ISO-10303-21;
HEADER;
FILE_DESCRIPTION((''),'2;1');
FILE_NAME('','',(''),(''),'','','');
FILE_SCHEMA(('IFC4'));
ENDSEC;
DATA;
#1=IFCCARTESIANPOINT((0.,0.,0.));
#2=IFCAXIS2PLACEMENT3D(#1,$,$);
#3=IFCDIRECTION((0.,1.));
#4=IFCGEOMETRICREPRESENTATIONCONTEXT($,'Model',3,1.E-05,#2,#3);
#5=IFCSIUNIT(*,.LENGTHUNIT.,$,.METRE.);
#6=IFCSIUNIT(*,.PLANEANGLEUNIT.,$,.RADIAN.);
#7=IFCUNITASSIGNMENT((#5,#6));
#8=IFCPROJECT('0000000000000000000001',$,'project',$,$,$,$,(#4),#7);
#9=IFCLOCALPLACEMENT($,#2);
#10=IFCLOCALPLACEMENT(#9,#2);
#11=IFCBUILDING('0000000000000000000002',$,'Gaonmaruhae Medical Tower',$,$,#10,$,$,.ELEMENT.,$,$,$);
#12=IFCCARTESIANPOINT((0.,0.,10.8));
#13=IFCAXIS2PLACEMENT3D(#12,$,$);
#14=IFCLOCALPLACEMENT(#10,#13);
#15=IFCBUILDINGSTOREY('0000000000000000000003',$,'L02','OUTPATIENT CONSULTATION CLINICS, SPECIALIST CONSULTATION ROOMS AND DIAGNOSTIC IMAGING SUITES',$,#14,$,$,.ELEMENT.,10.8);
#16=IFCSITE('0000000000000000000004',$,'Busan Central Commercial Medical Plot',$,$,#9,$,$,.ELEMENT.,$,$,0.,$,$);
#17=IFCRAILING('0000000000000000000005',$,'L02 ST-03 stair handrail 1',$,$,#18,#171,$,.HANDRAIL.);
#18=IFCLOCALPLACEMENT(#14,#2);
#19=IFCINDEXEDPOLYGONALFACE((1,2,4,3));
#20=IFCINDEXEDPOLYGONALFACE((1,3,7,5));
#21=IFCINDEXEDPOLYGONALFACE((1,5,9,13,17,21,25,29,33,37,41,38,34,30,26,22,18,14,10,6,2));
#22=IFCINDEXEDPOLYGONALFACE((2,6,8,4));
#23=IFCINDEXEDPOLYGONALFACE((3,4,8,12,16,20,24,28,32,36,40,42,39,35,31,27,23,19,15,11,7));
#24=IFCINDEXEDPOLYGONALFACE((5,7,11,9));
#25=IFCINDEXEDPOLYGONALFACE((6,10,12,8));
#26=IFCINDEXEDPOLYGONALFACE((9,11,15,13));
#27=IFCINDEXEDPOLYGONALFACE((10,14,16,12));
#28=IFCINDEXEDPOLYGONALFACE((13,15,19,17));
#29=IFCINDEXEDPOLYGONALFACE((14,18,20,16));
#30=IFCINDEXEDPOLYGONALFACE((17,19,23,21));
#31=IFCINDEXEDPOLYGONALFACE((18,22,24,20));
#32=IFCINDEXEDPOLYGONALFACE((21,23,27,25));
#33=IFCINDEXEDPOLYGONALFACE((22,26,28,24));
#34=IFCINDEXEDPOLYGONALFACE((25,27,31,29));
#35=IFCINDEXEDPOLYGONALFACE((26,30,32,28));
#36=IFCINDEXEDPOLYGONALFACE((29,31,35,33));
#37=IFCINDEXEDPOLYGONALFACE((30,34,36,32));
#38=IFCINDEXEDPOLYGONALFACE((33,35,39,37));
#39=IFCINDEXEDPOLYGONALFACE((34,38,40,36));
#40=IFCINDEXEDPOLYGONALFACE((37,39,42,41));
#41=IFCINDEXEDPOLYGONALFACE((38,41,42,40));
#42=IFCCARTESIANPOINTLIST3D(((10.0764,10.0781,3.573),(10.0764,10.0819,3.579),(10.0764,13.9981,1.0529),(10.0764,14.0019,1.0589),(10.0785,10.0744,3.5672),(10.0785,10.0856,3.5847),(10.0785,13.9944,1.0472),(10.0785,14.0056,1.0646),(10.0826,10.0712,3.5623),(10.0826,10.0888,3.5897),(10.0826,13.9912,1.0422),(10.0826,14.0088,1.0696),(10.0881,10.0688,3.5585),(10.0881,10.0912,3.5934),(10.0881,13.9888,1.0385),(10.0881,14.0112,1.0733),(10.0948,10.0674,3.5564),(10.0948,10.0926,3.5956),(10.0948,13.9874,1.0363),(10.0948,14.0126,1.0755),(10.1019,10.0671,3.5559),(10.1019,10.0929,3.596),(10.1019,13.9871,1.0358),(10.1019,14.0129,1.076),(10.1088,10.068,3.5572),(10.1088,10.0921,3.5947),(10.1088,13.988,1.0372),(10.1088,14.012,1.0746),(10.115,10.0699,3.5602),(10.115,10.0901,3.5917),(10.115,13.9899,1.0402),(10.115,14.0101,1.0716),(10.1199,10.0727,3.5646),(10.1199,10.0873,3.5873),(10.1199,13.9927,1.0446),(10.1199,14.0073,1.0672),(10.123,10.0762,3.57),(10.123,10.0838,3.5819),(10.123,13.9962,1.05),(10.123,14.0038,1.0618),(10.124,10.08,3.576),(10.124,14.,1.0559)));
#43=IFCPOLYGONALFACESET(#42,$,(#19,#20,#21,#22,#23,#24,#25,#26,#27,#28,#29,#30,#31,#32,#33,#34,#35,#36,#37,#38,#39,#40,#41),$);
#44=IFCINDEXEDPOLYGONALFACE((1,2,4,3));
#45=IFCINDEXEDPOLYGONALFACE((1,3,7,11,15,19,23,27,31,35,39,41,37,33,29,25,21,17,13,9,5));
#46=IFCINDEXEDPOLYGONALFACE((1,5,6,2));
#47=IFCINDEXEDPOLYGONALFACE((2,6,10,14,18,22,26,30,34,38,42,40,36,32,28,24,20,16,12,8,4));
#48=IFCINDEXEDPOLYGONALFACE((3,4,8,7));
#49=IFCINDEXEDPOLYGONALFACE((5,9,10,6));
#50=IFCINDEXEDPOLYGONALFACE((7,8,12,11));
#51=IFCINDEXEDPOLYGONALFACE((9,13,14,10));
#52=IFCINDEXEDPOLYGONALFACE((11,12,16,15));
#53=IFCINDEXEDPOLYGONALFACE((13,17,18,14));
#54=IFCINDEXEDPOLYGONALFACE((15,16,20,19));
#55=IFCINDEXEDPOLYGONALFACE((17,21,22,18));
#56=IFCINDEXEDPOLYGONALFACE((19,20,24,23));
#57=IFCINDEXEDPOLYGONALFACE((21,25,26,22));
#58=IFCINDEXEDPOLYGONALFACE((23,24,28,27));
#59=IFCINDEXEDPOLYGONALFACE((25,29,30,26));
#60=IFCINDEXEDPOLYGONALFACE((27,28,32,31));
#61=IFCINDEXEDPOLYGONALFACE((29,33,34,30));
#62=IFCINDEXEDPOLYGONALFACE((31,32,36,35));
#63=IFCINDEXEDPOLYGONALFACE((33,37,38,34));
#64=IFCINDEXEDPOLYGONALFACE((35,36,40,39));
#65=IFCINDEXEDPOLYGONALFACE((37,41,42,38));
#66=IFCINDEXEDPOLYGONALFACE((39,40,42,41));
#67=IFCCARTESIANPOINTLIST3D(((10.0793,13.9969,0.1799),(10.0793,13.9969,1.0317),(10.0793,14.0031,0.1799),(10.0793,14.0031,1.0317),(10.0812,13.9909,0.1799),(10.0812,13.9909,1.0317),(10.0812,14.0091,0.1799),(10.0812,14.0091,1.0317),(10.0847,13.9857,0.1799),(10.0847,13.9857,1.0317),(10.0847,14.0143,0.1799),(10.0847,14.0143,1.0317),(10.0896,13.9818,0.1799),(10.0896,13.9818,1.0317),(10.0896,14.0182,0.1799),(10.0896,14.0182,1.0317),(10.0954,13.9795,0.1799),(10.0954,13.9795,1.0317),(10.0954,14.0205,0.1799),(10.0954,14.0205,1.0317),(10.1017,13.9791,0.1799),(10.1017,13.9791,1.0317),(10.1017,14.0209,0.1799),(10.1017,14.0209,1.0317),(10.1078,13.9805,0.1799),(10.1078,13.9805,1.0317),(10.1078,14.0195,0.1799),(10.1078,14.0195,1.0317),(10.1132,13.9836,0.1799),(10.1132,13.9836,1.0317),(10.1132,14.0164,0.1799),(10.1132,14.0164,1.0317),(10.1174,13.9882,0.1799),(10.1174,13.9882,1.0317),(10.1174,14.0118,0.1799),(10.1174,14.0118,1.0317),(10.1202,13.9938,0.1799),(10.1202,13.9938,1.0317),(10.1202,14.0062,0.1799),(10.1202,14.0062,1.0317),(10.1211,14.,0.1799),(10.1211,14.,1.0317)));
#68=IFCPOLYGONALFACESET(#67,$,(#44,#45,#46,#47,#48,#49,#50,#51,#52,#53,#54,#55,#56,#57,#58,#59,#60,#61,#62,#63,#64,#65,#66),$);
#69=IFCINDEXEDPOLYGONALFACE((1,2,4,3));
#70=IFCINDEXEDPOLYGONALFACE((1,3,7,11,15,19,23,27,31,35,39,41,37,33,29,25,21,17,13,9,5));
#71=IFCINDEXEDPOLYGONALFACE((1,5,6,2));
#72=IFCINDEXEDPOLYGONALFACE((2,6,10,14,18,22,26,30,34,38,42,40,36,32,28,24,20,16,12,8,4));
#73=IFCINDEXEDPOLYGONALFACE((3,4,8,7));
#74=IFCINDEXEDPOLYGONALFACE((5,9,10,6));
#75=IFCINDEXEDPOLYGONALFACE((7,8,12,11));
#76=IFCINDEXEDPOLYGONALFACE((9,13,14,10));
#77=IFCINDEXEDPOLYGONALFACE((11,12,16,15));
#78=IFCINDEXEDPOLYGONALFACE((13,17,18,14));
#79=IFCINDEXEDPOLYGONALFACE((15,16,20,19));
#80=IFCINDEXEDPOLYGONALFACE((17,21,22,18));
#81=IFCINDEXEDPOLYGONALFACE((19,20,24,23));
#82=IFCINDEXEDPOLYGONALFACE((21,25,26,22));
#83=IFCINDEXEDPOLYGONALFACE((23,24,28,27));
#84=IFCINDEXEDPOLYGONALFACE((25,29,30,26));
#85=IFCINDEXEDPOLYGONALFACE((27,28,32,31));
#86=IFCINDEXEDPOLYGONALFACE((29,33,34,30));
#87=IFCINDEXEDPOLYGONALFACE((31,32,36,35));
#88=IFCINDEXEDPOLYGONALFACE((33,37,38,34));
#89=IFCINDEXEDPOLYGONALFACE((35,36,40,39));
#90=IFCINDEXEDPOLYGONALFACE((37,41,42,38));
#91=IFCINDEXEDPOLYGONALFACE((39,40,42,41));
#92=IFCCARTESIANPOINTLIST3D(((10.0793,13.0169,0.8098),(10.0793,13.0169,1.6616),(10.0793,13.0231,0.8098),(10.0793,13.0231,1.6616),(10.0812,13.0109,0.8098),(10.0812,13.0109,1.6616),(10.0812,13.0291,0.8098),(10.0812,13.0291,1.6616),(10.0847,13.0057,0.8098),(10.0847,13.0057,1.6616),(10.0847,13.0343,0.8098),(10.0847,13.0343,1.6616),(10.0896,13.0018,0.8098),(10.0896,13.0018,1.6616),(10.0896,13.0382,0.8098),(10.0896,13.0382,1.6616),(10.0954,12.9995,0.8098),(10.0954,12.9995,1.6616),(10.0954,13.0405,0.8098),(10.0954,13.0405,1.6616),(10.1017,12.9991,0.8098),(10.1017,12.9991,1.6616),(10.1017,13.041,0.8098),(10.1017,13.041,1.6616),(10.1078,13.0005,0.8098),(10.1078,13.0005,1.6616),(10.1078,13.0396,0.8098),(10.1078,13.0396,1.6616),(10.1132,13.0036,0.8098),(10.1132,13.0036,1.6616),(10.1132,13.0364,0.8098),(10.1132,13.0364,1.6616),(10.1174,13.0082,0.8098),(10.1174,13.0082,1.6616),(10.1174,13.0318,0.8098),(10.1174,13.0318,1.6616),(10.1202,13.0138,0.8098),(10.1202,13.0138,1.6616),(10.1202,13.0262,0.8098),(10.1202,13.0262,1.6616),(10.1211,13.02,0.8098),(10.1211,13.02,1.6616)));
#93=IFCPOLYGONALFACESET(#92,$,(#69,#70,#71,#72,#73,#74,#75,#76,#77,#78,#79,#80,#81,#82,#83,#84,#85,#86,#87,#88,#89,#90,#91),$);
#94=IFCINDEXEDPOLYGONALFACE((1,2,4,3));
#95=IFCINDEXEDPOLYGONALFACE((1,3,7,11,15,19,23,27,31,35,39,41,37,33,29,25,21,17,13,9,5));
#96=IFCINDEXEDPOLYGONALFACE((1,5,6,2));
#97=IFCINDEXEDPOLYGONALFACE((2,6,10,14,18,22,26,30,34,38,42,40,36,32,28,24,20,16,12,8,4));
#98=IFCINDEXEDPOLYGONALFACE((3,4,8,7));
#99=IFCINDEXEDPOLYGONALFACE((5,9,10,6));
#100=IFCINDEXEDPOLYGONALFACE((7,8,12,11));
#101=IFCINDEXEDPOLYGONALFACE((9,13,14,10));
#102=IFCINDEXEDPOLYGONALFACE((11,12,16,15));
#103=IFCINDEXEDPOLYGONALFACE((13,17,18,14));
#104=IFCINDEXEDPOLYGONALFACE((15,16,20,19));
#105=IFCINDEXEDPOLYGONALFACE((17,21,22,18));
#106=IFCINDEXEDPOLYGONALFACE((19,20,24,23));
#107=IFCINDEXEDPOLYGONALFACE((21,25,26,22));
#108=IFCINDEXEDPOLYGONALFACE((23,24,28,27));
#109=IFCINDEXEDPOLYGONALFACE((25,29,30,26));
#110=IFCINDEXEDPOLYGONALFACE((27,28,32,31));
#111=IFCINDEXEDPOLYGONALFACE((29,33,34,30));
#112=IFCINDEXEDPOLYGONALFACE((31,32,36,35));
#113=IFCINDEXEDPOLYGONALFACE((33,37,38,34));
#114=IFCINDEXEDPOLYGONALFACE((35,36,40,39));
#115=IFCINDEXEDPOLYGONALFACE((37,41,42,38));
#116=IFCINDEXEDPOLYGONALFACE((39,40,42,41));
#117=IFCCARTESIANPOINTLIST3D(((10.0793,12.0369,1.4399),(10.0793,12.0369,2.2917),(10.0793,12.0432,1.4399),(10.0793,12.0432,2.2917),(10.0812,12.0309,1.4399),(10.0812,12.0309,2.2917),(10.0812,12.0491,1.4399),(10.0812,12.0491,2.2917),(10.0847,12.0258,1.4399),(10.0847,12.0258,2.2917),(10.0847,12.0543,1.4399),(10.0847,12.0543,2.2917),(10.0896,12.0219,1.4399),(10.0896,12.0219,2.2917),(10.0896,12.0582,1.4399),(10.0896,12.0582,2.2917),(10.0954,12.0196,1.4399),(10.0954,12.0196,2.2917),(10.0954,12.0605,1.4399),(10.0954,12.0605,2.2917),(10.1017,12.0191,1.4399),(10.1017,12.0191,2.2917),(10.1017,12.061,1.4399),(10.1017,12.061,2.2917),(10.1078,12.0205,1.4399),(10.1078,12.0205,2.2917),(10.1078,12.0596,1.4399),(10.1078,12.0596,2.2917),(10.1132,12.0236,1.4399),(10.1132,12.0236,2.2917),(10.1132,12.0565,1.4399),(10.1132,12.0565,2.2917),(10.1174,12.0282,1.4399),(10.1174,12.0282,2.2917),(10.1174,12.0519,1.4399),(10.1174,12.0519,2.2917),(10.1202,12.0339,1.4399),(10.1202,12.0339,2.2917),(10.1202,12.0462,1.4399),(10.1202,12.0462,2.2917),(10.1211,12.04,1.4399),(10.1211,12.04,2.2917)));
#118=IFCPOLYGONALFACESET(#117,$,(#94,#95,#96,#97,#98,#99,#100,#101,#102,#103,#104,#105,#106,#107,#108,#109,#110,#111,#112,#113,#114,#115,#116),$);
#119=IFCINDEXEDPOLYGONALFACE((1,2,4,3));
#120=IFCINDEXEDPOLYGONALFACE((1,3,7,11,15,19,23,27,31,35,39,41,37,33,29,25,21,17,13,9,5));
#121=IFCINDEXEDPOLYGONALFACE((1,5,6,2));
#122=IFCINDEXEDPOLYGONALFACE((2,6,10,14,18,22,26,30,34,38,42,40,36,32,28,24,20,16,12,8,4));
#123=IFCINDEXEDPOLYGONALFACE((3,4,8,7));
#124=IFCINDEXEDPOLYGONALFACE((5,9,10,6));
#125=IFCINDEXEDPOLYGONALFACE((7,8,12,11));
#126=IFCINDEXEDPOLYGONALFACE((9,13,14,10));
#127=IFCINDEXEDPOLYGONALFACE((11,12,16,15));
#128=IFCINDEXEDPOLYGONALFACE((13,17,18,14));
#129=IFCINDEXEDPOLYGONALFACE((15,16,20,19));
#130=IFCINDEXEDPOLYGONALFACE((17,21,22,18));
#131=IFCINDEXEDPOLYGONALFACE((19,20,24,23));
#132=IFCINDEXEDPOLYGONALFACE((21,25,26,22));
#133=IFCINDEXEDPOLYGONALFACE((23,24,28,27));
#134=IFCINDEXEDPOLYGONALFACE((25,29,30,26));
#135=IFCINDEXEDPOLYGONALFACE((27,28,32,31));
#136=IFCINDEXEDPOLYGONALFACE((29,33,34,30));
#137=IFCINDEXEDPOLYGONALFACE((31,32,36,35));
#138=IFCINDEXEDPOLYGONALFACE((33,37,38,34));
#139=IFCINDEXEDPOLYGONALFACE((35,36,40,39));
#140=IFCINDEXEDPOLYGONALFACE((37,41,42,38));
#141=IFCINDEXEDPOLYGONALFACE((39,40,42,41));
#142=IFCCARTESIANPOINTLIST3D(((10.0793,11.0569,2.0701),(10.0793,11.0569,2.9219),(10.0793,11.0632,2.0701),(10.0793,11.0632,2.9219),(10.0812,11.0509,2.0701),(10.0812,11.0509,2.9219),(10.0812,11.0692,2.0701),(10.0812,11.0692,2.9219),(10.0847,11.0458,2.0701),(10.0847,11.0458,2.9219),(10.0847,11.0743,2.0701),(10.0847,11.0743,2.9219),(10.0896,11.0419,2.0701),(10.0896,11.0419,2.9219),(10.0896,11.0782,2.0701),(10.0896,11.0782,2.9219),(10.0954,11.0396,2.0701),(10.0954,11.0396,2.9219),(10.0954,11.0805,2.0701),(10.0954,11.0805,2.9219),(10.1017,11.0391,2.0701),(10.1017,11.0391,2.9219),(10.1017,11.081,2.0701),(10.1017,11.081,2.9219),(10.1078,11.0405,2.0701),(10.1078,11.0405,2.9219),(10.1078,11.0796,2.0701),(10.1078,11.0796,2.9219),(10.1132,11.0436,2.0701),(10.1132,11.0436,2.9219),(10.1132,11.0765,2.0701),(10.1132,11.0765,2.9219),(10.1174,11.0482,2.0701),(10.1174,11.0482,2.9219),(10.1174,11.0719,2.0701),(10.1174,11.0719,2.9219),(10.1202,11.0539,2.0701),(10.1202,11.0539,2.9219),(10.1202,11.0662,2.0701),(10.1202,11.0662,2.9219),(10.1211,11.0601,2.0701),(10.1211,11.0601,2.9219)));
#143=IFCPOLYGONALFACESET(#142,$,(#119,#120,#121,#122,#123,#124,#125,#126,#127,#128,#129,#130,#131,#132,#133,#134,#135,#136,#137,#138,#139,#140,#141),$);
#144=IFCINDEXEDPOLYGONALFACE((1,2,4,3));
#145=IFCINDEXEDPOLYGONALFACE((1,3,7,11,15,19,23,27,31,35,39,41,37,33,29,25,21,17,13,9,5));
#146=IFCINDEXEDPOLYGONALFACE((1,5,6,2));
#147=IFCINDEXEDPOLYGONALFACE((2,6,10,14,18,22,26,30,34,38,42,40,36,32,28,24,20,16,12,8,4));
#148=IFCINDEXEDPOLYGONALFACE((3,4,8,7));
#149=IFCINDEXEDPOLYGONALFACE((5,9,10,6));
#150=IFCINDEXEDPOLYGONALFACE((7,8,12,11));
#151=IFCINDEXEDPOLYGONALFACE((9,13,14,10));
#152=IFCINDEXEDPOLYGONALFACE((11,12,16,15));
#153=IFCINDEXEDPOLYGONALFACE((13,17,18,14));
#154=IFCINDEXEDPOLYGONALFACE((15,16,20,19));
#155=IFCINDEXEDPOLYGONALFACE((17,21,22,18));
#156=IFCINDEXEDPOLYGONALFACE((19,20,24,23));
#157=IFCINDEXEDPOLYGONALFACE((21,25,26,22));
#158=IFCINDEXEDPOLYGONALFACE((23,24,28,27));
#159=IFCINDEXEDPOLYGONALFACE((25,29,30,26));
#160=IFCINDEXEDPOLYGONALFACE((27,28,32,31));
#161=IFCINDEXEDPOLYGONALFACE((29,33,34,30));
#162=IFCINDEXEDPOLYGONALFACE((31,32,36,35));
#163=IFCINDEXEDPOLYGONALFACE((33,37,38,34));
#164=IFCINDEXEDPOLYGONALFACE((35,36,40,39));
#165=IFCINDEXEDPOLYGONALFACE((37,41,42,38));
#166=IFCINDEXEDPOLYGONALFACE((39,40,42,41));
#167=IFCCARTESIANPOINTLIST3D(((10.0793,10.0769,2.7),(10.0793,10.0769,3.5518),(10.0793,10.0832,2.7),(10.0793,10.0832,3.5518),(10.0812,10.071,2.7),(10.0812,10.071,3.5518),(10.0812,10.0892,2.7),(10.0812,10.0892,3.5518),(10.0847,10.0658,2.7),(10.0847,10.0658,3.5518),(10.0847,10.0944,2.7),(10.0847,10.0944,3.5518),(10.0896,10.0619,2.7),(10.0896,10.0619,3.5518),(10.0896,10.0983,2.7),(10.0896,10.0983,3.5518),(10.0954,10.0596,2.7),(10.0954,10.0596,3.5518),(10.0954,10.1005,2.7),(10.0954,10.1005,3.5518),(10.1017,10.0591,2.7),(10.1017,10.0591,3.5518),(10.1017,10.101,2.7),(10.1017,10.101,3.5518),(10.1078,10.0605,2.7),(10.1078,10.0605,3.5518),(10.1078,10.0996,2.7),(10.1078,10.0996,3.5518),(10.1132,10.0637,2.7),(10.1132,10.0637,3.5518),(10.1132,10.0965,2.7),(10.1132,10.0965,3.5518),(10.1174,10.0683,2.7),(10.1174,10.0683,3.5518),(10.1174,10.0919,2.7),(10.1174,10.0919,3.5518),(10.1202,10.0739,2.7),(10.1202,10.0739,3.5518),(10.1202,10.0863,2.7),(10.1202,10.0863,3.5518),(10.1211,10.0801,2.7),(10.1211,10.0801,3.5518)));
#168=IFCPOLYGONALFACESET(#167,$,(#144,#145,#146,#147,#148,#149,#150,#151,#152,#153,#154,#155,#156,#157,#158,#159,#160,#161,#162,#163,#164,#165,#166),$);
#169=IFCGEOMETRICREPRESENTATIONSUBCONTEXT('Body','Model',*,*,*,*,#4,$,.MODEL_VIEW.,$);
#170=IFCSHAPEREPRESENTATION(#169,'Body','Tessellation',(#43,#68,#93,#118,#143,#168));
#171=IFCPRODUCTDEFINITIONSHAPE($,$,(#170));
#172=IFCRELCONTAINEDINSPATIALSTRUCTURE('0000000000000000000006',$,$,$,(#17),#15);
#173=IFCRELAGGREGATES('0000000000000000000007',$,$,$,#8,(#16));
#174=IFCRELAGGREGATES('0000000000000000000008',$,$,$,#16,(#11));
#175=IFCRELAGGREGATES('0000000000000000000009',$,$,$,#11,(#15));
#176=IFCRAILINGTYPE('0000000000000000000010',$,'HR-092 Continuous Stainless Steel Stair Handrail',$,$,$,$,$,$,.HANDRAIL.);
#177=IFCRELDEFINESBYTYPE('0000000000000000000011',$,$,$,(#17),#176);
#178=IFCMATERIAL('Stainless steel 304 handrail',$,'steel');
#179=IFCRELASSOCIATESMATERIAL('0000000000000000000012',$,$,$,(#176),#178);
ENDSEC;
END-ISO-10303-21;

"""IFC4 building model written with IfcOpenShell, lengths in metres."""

from ifc_helpers import new_model, si_unit, direction, frame, origin, origin_2d, place, context, subcontext, project, spatial, circle, extrude, material, type_object, element, save


model = new_model("IFC4")

# Units and contexts
model_context = context("Model", 3, precision=1e-05, world=origin(), true_north=direction((0.0, 1.0)))
body_context = subcontext(model_context, "Body", "Model", "MODEL_VIEW")
ifc_project = project(units=[si_unit("LENGTHUNIT", "METRE"), si_unit("PLANEANGLEUNIT", "RADIAN")], contexts=[model_context])

# Site, building, storey
site_placement = place(None, origin())
site = spatial("IfcSite", under=ifc_project, at=site_placement, Name="Busan Central Commercial Medical Plot", CompositionType="ELEMENT", RefElevation=0.0)
building_placement = place(site_placement, origin())
building = spatial("IfcBuilding", under=site, at=building_placement, Name="Gaonmaruhae Medical Tower", CompositionType="ELEMENT")
storey_placement = place(building_placement, frame((0.0, 0.0, 10.8)))
storey = spatial("IfcBuildingStorey", under=building, at=storey_placement, Name="L02", Description="OUTPATIENT CONSULTATION CLINICS, SPECIALIST CONSULTATION ROOMS AND DIAGNOSTIC IMAGING SUITES", CompositionType="ELEMENT", Elevation=10.8)

# Railing
ifc_material_1 = material(Name="Stainless steel 304 handrail", Category="steel")
railing_type_1 = type_object("IfcRailingType", Name="HR-092 Continuous Stainless Steel Stair Handrail", PredefinedType="HANDRAIL", material=ifc_material_1)
railing_1_placement = place(storey_placement, frame((10.1001, 14.0, 0.1799)))
element("IfcRailing", 1, at=railing_1_placement, inside=storey, type_object=railing_type_1, Name="L02 ST-03 stair handrail 1", PredefinedType="HANDRAIL", context=body_context, shape_type="SweptSolid", body=[
    extrude(circle(Radius=0.0239, at=origin_2d()), frame((0.0, 0.0, 0.876), z_axis=(0.0, -0.841172, 0.540768), x_axis=(1.0, 0.0, 0.0)), (0.0, 0.0, 1.0), 4.6602),
    extrude(circle(Radius=0.021, at=origin_2d()), origin(), (0.0, 0.0, 1.0), 0.8518),
    extrude(circle(Radius=0.021, at=origin_2d()), frame((0.0, -0.98, 0.6299)), (0.0, 0.0, 1.0), 0.8518),
    extrude(circle(Radius=0.021, at=origin_2d()), frame((0.0, -1.96, 1.26)), (0.0, 0.0, 1.0), 0.8518),
    extrude(circle(Radius=0.021, at=origin_2d()), frame((0.0, -2.9399, 1.8901)), (0.0, 0.0, 1.0), 0.8518),
    extrude(circle(Radius=0.021, at=origin_2d()), frame((0.0, -3.9199, 2.52)), (0.0, 0.0, 1.0), 0.8518),
])

save(model, "model.ifc")
